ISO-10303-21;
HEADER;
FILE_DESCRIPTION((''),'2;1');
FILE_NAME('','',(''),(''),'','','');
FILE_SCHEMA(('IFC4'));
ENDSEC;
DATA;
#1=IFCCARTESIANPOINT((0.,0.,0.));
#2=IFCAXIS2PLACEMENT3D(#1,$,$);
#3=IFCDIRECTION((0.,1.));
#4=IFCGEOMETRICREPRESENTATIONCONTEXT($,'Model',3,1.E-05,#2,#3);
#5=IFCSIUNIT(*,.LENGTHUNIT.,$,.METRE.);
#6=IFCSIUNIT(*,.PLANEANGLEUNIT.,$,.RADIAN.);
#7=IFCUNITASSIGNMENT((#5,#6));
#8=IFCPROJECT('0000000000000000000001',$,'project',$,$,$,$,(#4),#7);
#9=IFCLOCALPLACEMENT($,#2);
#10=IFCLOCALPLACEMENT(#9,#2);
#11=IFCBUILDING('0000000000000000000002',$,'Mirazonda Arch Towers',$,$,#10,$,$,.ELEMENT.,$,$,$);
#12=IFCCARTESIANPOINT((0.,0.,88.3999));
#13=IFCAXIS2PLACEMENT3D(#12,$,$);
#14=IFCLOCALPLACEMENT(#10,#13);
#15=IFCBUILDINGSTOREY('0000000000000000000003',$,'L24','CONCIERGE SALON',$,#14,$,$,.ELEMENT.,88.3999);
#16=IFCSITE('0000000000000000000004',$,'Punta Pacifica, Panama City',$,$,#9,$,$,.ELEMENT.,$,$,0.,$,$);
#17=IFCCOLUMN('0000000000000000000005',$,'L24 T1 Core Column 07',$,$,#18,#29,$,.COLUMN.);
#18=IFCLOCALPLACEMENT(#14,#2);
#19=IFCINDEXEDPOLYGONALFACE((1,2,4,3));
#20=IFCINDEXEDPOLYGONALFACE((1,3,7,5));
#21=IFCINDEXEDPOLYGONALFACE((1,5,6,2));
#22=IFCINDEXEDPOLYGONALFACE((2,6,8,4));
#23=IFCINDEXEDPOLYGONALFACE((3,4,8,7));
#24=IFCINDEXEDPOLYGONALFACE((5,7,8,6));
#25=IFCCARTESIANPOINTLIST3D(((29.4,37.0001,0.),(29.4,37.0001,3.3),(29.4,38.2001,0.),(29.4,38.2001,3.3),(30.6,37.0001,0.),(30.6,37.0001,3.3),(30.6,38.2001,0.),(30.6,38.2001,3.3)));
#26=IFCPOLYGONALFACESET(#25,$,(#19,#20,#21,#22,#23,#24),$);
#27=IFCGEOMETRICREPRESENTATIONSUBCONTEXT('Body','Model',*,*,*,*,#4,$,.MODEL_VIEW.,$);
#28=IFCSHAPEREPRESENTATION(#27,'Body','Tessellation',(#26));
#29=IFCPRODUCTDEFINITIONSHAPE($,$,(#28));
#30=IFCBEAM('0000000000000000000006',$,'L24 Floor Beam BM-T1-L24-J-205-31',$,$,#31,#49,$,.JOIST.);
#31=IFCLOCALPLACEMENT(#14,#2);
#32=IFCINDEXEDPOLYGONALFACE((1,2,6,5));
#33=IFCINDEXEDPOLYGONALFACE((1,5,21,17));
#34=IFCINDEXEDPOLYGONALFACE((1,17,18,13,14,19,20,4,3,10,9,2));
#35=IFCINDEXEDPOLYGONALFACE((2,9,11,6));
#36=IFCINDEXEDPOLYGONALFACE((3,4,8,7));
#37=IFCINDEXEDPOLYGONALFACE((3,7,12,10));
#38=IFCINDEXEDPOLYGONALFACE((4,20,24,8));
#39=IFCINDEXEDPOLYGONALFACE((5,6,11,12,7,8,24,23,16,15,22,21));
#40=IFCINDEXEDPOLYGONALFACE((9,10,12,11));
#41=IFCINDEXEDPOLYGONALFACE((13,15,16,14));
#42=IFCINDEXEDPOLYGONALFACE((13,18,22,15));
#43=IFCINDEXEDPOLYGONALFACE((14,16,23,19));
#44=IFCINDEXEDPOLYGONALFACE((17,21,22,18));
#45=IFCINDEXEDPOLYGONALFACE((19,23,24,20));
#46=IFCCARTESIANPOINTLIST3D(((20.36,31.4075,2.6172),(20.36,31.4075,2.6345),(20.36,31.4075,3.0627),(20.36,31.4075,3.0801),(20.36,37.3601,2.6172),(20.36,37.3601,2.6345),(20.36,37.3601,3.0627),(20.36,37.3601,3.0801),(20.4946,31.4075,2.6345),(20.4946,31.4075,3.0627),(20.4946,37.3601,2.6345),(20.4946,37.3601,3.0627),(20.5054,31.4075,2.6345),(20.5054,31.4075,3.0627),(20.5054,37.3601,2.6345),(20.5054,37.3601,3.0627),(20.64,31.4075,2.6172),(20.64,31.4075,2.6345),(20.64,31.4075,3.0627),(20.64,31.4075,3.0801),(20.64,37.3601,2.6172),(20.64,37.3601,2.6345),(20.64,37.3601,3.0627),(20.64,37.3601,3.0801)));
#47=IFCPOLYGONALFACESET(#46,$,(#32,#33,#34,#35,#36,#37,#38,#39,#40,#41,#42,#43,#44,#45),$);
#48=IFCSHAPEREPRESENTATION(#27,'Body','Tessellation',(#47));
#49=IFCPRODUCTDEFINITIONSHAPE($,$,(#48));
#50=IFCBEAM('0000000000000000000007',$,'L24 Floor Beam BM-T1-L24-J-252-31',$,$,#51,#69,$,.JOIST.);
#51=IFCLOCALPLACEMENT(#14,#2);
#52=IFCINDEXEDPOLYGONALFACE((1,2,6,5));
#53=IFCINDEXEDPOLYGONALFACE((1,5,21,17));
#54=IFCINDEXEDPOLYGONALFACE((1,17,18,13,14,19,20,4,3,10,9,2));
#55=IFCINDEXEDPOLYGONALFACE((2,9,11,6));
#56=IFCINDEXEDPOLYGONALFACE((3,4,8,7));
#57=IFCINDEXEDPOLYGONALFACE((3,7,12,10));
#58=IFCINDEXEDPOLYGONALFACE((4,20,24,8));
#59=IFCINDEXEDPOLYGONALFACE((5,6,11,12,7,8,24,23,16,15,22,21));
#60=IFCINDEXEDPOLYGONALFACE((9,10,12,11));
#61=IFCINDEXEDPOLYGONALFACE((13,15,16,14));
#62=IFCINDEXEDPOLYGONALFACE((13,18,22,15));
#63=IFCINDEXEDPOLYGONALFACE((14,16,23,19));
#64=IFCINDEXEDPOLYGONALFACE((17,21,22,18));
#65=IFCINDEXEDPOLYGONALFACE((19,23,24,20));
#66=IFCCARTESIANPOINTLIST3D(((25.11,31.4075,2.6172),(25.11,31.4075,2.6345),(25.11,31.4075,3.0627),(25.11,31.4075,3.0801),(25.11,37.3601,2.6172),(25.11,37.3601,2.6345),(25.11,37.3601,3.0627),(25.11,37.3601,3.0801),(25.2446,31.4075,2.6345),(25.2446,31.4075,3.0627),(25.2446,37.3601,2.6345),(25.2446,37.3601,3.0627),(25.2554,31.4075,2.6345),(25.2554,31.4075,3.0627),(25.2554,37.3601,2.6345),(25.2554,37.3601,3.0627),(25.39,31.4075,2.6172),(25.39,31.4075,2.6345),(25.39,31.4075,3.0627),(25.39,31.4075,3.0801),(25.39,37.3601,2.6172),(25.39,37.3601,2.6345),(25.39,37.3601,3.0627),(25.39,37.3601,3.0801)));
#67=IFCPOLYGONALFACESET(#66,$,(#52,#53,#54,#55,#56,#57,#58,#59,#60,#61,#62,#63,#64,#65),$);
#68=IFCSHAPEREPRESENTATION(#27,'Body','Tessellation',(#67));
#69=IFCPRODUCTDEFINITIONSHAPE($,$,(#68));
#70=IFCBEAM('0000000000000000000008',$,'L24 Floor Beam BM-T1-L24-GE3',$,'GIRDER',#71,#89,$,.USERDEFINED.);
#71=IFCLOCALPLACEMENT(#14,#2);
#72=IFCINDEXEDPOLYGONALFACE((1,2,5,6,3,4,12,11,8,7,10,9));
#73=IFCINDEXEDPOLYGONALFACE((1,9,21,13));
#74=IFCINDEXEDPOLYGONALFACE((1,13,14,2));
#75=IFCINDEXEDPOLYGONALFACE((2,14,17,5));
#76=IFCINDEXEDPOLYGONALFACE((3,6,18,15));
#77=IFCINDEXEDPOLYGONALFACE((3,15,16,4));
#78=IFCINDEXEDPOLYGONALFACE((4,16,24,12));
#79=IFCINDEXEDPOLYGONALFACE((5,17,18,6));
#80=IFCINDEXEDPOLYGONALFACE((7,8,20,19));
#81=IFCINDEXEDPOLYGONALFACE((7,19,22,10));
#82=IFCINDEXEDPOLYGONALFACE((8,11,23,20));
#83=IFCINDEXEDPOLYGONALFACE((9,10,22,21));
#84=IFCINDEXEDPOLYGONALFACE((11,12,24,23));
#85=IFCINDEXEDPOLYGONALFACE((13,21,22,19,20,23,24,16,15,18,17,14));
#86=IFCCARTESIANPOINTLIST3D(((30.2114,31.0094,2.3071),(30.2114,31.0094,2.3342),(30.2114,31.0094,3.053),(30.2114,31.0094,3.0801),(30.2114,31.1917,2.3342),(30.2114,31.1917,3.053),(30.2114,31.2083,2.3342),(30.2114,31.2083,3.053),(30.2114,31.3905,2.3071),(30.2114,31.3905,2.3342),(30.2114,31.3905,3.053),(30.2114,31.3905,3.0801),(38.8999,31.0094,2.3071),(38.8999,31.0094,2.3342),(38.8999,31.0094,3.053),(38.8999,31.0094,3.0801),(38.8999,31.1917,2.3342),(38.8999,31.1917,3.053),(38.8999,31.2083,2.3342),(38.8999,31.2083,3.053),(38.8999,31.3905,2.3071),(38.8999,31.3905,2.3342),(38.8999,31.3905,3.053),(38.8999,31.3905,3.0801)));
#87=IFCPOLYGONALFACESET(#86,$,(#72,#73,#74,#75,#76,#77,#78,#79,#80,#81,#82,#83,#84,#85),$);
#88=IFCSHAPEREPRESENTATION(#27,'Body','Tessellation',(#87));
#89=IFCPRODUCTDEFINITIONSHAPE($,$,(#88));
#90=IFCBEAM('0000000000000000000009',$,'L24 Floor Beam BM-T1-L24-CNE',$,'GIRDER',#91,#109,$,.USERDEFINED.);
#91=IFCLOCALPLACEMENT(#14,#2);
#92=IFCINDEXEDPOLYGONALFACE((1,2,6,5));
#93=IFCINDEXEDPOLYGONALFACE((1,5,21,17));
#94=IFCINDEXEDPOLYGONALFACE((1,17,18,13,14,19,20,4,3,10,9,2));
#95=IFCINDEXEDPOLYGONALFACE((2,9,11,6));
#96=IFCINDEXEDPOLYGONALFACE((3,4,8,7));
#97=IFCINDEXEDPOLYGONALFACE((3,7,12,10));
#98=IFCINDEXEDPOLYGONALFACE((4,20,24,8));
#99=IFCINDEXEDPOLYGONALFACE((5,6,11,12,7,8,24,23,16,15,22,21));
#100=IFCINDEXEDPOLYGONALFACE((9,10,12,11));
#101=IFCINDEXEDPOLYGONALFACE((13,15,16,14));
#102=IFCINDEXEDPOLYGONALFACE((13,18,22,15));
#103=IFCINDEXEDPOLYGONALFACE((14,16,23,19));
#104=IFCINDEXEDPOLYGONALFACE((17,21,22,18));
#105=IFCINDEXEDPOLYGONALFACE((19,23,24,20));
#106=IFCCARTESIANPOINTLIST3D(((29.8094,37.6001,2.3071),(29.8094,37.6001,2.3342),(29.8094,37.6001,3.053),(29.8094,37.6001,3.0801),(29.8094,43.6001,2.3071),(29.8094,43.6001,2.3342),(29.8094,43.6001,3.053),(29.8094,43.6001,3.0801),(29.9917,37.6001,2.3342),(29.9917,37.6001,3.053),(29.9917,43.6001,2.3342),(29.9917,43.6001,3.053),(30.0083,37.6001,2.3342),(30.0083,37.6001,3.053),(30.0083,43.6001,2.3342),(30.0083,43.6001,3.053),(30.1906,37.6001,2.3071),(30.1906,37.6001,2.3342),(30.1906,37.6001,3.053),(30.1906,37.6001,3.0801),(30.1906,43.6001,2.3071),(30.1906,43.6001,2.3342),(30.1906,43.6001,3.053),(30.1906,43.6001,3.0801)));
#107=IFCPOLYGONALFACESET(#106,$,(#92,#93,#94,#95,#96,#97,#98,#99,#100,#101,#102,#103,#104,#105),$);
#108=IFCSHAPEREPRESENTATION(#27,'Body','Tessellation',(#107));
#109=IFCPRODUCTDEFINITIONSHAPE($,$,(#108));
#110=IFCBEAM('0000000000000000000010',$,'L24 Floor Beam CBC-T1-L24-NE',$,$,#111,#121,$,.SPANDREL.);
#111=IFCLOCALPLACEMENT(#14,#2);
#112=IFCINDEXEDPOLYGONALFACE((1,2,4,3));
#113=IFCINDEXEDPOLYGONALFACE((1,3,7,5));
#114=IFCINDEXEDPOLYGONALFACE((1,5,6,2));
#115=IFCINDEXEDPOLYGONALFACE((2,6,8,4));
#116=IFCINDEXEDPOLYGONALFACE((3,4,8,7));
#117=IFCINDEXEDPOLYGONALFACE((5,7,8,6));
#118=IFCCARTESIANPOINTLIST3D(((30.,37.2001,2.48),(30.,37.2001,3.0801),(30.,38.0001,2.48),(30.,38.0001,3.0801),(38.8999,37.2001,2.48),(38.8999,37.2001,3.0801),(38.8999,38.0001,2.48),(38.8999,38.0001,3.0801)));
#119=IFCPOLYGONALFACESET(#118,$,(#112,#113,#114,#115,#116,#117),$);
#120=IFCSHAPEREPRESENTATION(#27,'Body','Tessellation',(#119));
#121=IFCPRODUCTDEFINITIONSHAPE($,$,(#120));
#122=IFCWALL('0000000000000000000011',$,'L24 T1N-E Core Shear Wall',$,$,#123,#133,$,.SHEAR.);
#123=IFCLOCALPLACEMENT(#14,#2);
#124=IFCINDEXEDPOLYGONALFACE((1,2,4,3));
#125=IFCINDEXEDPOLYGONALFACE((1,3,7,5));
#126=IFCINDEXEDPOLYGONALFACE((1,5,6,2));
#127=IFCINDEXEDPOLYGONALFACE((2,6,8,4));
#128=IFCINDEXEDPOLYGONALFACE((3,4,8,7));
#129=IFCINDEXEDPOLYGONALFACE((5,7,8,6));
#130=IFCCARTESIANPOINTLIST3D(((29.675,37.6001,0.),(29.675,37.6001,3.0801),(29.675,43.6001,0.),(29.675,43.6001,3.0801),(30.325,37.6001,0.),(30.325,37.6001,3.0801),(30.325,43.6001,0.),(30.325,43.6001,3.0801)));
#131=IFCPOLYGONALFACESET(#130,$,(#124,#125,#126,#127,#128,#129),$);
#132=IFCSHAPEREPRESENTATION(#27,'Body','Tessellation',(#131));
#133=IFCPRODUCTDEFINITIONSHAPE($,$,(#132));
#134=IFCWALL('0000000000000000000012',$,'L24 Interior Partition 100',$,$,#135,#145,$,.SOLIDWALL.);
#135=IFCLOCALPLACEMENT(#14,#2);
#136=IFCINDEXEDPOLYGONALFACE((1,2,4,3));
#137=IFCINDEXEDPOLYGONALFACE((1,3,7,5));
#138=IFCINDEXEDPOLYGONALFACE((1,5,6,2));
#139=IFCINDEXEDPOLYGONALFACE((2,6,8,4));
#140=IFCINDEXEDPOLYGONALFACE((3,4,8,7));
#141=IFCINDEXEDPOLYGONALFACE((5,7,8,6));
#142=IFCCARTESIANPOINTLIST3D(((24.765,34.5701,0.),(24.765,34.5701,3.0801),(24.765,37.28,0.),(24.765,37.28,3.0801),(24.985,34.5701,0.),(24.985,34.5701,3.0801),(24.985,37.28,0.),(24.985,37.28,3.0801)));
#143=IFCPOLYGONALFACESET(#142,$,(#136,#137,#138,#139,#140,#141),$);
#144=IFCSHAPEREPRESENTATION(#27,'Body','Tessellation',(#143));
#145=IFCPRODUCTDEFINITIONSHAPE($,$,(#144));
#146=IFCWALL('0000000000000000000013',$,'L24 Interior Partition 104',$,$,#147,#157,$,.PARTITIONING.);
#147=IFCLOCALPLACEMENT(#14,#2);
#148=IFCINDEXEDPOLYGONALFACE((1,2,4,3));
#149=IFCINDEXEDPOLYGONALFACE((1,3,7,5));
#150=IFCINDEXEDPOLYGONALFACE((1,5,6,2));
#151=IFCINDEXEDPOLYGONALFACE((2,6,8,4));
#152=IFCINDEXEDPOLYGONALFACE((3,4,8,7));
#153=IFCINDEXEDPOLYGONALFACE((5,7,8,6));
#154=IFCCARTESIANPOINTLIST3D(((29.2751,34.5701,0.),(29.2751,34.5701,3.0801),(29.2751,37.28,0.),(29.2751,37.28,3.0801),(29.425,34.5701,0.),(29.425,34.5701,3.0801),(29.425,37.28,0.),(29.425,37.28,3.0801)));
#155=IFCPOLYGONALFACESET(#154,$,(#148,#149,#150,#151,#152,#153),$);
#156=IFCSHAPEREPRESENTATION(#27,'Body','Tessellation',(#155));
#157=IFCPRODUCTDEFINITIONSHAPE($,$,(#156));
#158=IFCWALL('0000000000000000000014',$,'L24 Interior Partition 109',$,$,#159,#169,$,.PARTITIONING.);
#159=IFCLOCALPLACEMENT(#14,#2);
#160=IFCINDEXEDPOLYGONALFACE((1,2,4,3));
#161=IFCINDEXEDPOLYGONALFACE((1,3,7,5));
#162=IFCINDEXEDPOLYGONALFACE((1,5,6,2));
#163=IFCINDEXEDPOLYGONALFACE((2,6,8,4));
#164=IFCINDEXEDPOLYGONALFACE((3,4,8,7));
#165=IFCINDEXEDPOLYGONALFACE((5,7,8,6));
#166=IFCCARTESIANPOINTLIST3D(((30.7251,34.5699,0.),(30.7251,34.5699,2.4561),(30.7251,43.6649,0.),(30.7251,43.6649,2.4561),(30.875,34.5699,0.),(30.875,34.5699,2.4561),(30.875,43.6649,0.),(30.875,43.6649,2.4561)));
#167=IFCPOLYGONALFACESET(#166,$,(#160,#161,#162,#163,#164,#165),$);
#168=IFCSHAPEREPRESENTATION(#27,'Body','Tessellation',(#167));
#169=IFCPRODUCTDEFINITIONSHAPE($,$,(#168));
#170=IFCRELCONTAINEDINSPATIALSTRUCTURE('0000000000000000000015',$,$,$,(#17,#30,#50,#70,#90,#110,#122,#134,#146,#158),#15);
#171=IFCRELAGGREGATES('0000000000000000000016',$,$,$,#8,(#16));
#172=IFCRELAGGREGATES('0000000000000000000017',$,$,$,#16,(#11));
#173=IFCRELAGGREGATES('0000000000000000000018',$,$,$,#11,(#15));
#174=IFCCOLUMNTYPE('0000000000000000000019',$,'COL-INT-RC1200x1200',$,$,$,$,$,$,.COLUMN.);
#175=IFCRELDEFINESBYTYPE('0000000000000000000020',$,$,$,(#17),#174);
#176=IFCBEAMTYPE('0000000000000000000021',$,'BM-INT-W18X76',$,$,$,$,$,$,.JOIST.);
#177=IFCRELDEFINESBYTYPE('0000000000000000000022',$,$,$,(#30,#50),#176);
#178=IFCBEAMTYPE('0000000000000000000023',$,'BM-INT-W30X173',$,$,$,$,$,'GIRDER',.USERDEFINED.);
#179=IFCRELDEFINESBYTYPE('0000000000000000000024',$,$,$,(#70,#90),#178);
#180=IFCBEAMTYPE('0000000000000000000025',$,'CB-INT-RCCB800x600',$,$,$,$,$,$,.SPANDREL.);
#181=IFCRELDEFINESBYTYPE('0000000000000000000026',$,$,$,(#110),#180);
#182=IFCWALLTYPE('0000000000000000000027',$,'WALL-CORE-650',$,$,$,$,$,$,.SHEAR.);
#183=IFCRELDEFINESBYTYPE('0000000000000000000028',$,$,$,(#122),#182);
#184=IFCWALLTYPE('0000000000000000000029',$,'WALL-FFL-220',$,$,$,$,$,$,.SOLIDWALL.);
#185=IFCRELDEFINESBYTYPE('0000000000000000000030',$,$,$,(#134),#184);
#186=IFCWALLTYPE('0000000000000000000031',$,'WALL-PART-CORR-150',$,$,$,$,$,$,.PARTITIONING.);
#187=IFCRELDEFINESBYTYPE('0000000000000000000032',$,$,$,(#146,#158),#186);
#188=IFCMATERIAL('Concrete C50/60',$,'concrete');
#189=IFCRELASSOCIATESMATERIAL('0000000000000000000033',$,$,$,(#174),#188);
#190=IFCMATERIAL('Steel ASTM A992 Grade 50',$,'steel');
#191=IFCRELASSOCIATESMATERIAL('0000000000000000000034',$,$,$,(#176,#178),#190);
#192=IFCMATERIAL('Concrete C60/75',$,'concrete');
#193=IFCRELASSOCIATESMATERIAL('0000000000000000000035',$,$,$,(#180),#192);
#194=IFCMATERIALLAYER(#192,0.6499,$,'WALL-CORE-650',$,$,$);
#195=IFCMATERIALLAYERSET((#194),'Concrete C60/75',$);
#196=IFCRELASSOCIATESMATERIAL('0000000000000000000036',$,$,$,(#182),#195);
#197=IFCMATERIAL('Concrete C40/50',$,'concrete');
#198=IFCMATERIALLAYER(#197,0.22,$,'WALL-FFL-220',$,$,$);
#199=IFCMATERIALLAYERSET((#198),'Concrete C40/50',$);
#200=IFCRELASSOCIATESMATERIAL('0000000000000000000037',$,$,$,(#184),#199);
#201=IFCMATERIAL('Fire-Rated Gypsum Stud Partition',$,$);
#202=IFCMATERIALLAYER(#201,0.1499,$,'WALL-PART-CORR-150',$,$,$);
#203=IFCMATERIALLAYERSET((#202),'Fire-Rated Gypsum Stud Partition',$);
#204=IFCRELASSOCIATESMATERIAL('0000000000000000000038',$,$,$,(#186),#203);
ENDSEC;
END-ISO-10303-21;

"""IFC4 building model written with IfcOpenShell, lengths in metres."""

from ifc_helpers import new_model, si_unit, direction, frame, frame_2d, origin, origin_2d, place, context, subcontext, project, spatial, rectangle, i_section, extrude, material, layer, layer_set, material_profile, profile_set, type_object, element, save


model = new_model("IFC4")

# Units and contexts
model_context = context("Model", 3, precision=1e-05, world=origin(), true_north=direction((0.0, 1.0)))
body_context = subcontext(model_context, "Body", "Model", "MODEL_VIEW")
ifc_project = project(units=[si_unit("LENGTHUNIT", "METRE"), si_unit("PLANEANGLEUNIT", "RADIAN")], contexts=[model_context])

# Site, building, storey
site_placement = place(None, origin())
site = spatial("IfcSite", under=ifc_project, at=site_placement, Name="Punta Pacifica, Panama City", CompositionType="ELEMENT", RefElevation=0.0)
building_placement = place(site_placement, origin())
building = spatial("IfcBuilding", under=site, at=building_placement, Name="Mirazonda Arch Towers", CompositionType="ELEMENT")
storey_placement = place(building_placement, frame((0.0, 0.0, 88.3999)))
storey = spatial("IfcBuildingStorey", under=building, at=storey_placement, Name="L24", Description="CONCIERGE SALON", CompositionType="ELEMENT", Elevation=88.3999)

# Column
ifc_material_1 = material(Name="Concrete C50/60", Category="concrete")
ifc_material_profile_1 = material_profile(ifc_material_1, rectangle(XDim=1.2, YDim=1.2, at=origin_2d()), Name="RC1200x1200")
ifc_profile_set_1 = profile_set([ifc_material_profile_1], Name="Concrete C50/60")
column_type = type_object("IfcColumnType", Name="COL-INT-RC1200x1200", PredefinedType="COLUMN", material=ifc_profile_set_1)
column_placement = place(storey_placement, frame((30.0, 37.6001, 0.0), z_axis=(0.0, 0.0, 1.0), x_axis=(1.0, 0.0, 0.0)))
element("IfcColumn", 1, at=column_placement, inside=storey, type_object=column_type, Name="L24 T1 Core Column 07", PredefinedType="COLUMN", context=body_context, shape_type="SweptSolid", body=[
    extrude(rectangle(XDim=1.2, YDim=1.2, at=origin_2d()), origin(), (0.0, 0.0, 1.0), 3.3),
])

# Beams
ifc_material_2 = material(Name="Steel ASTM A992 Grade 50", Category="steel")
ifc_material_profile_2 = material_profile(ifc_material_2, i_section(OverallWidth=0.28, OverallDepth=0.4629, WebThickness=0.0107, FlangeThickness=0.0173, at=origin_2d()), Name="W18X76")
ifc_profile_set_2 = profile_set([ifc_material_profile_2], Name="Steel ASTM A992 Grade 50")
beam_type_1 = type_object("IfcBeamType", Name="BM-INT-W18X76", PredefinedType="JOIST", material=ifc_profile_set_2)
for number, where, z_axis, x_axis, name in (
    (2, (20.5, 31.4075, 2.8486), (0.0, 1.0, 0.0), (-1.0, 0.0, 0.0), "L24 Floor Beam BM-T1-L24-J-205-31"),
    (3, (25.25, 31.4075, 2.8486), (0.0, 1.0, 0.0), (-1.0, 0.0, 0.0), "L24 Floor Beam BM-T1-L24-J-252-31"),
):
    element("IfcBeam", number, at=place(storey_placement, frame(where, z_axis=z_axis, x_axis=x_axis)), inside=storey, type_object=beam_type_1, Name=name, PredefinedType="JOIST", context=body_context, shape_type="SweptSolid", body=[
        extrude(i_section(OverallWidth=0.28, OverallDepth=0.4629, WebThickness=0.0107, FlangeThickness=0.0173, at=origin_2d()), origin(), (0.0, 0.0, 1.0), 5.9526),
    ])
ifc_material_profile_3 = material_profile(ifc_material_2, i_section(OverallWidth=0.3811, OverallDepth=0.7729, WebThickness=0.0166, FlangeThickness=0.0271, at=origin_2d()), Name="W30X173")
ifc_profile_set_3 = profile_set([ifc_material_profile_3], Name="Steel ASTM A992 Grade 50")
beam_type_2 = type_object("IfcBeamType", Name="BM-INT-W30X173", ElementType="GIRDER", PredefinedType="USERDEFINED", material=ifc_profile_set_3)
beam_1_placement = place(storey_placement, frame((30.2114, 31.2, 2.6936), z_axis=(1.0, 0.0, 0.0), x_axis=(0.0, 1.0, 0.0)))
element("IfcBeam", 4, at=beam_1_placement, inside=storey, type_object=beam_type_2, Name="L24 Floor Beam BM-T1-L24-GE3", ObjectType="GIRDER", PredefinedType="USERDEFINED", context=body_context, shape_type="SweptSolid", body=[
    extrude(i_section(OverallWidth=0.3811, OverallDepth=0.7729, WebThickness=0.0166, FlangeThickness=0.0271, at=origin_2d()), origin(), (0.0, 0.0, 1.0), 8.6885),
])
beam_2_placement = place(storey_placement, frame((30.0, 37.6001, 2.6936), z_axis=(0.0, 1.0, 0.0), x_axis=(-1.0, 0.0, 0.0)))
element("IfcBeam", 5, at=beam_2_placement, inside=storey, type_object=beam_type_2, Name="L24 Floor Beam BM-T1-L24-CNE", ObjectType="GIRDER", PredefinedType="USERDEFINED", context=body_context, shape_type="SweptSolid", body=[
    extrude(i_section(OverallWidth=0.3811, OverallDepth=0.7729, WebThickness=0.0166, FlangeThickness=0.0271, at=origin_2d()), origin(), (0.0, 0.0, 1.0), 6.0),
])
ifc_material_3 = material(Name="Concrete C60/75", Category="concrete")
ifc_material_profile_4 = material_profile(ifc_material_3, rectangle(XDim=0.8, YDim=0.6001, at=origin_2d()), Name="RCCB800x600")
ifc_profile_set_4 = profile_set([ifc_material_profile_4], Name="Concrete C60/75")
beam_type_3 = type_object("IfcBeamType", Name="CB-INT-RCCB800x600", PredefinedType="SPANDREL", material=ifc_profile_set_4)
beam_3_placement = place(storey_placement, frame((30.0, 37.6001, 2.78), z_axis=(1.0, 0.0, 0.0), x_axis=(0.0, 1.0, 0.0)))
element("IfcBeam", 6, at=beam_3_placement, inside=storey, type_object=beam_type_3, Name="L24 Floor Beam CBC-T1-L24-NE", PredefinedType="SPANDREL", context=body_context, shape_type="SweptSolid", body=[
    extrude(rectangle(XDim=0.8, YDim=0.6001, at=origin_2d()), origin(), (0.0, 0.0, 1.0), 8.8999),
])

# Walls
ifc_layer_1 = layer(ifc_material_3, 0.6499, Name="WALL-CORE-650")
ifc_layer_set_1 = layer_set([ifc_layer_1], Name="Concrete C60/75")
wall_type_1 = type_object("IfcWallType", Name="WALL-CORE-650", PredefinedType="SHEAR", material=ifc_layer_set_1)
wall_1_placement = place(storey_placement, frame((30.0, 37.6001, 0.0), z_axis=(0.0, 0.0, 1.0), x_axis=(0.0, 1.0, 0.0)))
element("IfcWall", 7, at=wall_1_placement, inside=storey, type_object=wall_type_1, Name="L24 T1N-E Core Shear Wall", PredefinedType="SHEAR", context=body_context, shape_type="SweptSolid", body=[
    extrude(rectangle(XDim=6.0, YDim=0.6499, at=frame_2d((3.0, 0.0))), origin(), (0.0, 0.0, 1.0), 3.0801),
])
ifc_material_4 = material(Name="Concrete C40/50", Category="concrete")
ifc_layer_2 = layer(ifc_material_4, 0.22, Name="WALL-FFL-220")
ifc_layer_set_2 = layer_set([ifc_layer_2], Name="Concrete C40/50")
wall_type_2 = type_object("IfcWallType", Name="WALL-FFL-220", PredefinedType="SOLIDWALL", material=ifc_layer_set_2)
wall_2_placement = place(storey_placement, frame((24.875, 34.5701, 0.0), z_axis=(0.0, 0.0, 1.0), x_axis=(0.0, 1.0, 0.0)))
element("IfcWall", 8, at=wall_2_placement, inside=storey, type_object=wall_type_2, Name="L24 Interior Partition 100", PredefinedType="SOLIDWALL", context=body_context, shape_type="SweptSolid", body=[
    extrude(rectangle(XDim=2.71, YDim=0.22, at=frame_2d((1.355, 0.0))), origin(), (0.0, 0.0, 1.0), 3.0801),
])
ifc_material_5 = material(Name="Fire-Rated Gypsum Stud Partition")
ifc_layer_3 = layer(ifc_material_5, 0.1499, Name="WALL-PART-CORR-150")
ifc_layer_set_3 = layer_set([ifc_layer_3], Name="Fire-Rated Gypsum Stud Partition")
wall_type_3 = type_object("IfcWallType", Name="WALL-PART-CORR-150", PredefinedType="PARTITIONING", material=ifc_layer_set_3)
wall_3_placement = place(storey_placement, frame((29.3501, 34.5701, 0.0), z_axis=(0.0, 0.0, 1.0), x_axis=(0.0, 1.0, 0.0)))
element("IfcWall", 9, at=wall_3_placement, inside=storey, type_object=wall_type_3, Name="L24 Interior Partition 104", PredefinedType="PARTITIONING", context=body_context, shape_type="SweptSolid", body=[
    extrude(rectangle(XDim=2.71, YDim=0.1499, at=frame_2d((1.355, 0.0))), origin(), (0.0, 0.0, 1.0), 3.0801),
])
wall_4_placement = place(storey_placement, frame((30.8, 34.5701, 0.0), z_axis=(0.0, 0.0, 1.0), x_axis=(0.0, 1.0, 0.0)))
element("IfcWall", 10, at=wall_4_placement, inside=storey, type_object=wall_type_3, Name="L24 Interior Partition 109", PredefinedType="PARTITIONING", context=body_context, shape_type="SweptSolid", body=[
    extrude(rectangle(XDim=9.095, YDim=0.1499, at=frame_2d((4.5474, 0.0))), origin(), (0.0, 0.0, 1.0), 2.4561),
])

save(model, "model.ifc")
